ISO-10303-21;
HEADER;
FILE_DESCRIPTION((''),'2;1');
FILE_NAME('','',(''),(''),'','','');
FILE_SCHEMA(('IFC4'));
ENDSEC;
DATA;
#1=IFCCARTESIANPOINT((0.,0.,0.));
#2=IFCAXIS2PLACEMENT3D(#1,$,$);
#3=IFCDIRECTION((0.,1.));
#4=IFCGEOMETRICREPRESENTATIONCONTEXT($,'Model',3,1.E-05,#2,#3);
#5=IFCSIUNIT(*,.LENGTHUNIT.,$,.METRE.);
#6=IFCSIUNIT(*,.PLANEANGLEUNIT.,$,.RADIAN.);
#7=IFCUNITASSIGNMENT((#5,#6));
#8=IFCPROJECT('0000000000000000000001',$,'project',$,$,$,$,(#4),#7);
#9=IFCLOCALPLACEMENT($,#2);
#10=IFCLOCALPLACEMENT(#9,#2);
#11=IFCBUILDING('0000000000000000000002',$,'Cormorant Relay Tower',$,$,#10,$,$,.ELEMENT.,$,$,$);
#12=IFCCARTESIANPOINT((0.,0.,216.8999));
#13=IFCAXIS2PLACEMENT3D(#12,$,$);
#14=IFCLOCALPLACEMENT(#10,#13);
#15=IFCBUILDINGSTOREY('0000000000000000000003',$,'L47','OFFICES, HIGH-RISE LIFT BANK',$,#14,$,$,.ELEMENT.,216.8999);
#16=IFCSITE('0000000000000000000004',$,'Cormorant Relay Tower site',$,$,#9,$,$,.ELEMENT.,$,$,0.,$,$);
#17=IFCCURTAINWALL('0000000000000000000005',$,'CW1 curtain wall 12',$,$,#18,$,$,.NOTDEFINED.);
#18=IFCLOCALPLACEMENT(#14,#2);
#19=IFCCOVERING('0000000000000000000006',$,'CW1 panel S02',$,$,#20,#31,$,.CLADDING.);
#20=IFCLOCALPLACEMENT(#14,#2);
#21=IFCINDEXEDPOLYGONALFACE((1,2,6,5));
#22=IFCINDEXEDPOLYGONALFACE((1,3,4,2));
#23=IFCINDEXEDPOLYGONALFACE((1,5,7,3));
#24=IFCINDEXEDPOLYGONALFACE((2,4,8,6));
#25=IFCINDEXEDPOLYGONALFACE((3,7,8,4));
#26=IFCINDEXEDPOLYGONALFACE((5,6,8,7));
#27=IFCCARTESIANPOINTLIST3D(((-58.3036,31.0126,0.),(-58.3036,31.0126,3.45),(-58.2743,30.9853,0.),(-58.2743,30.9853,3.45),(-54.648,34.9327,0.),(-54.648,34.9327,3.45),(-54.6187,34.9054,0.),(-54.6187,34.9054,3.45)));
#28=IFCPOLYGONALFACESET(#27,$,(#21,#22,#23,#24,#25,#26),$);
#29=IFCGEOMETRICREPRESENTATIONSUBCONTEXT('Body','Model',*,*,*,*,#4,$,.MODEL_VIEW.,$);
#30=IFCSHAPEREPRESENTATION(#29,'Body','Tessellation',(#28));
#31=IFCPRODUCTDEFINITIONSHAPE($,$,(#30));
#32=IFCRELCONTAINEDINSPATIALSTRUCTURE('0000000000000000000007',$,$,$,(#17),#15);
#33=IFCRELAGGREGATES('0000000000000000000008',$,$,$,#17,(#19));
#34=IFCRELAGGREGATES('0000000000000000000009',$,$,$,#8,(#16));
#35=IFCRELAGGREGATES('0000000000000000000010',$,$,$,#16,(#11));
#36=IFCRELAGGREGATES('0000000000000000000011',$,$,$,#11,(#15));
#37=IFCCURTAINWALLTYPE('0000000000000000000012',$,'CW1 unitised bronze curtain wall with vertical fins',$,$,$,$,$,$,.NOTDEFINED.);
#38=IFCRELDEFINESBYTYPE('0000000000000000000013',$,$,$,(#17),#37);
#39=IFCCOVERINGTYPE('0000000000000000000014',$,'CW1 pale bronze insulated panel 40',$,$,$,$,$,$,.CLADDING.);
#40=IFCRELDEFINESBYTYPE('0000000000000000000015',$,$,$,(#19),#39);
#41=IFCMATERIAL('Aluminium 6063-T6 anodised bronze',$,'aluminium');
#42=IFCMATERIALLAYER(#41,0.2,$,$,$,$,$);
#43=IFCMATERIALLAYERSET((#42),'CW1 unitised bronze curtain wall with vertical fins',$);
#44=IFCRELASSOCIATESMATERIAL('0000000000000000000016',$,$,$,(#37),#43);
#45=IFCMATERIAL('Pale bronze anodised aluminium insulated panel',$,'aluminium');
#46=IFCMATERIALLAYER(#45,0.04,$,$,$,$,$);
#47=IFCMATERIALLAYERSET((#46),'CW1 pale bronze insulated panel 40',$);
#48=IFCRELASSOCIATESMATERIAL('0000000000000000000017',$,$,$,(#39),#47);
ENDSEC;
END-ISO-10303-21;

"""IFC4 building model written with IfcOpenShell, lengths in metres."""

from ifc_helpers import new_model, si_unit, direction, frame, origin, origin_2d, place, context, subcontext, project, spatial, rectangle, extrude, material, layer, layer_set, type_object, element, aggregate, save


model = new_model("IFC4")

# Units and contexts
model_context = context("Model", 3, precision=1e-05, world=origin(), true_north=direction((0.0, 1.0)))
body_context = subcontext(model_context, "Body", "Model", "MODEL_VIEW")
ifc_project = project(units=[si_unit("LENGTHUNIT", "METRE"), si_unit("PLANEANGLEUNIT", "RADIAN")], contexts=[model_context])

# Site, building, storey
site_placement = place(None, origin())
site = spatial("IfcSite", under=ifc_project, at=site_placement, Name="Cormorant Relay Tower site", CompositionType="ELEMENT", RefElevation=0.0)
building_placement = place(site_placement, origin())
building = spatial("IfcBuilding", under=site, at=building_placement, Name="Cormorant Relay Tower", CompositionType="ELEMENT")
storey_placement = place(building_placement, frame((0.0, 0.0, 216.8999)))
storey = spatial("IfcBuildingStorey", under=building, at=storey_placement, Name="L47", Description="OFFICES, HIGH-RISE LIFT BANK", CompositionType="ELEMENT", Elevation=216.8999)

# Shared definitions
ifc_material_1 = material(Name="Aluminium 6063-T6 anodised bronze", Category="aluminium")
ifc_layer_1 = layer(ifc_material_1, 0.2)
ifc_layer_set_1 = layer_set([ifc_layer_1], Name="CW1 unitised bronze curtain wall with vertical fins")
curtain_wall_type = type_object("IfcCurtainWallType", Name="CW1 unitised bronze curtain wall with vertical fins", PredefinedType="NOTDEFINED", material=ifc_layer_set_1)

# Curtain wall
curtain_wall_1_placement = place(storey_placement, origin())
curtain_wall_1 = element("IfcCurtainWall", 1, at=curtain_wall_1_placement, inside=storey, type_object=curtain_wall_type, Name="CW1 curtain wall 12", PredefinedType="NOTDEFINED")

# Covering
ifc_material_2 = material(Name="Pale bronze anodised aluminium insulated panel", Category="aluminium")
ifc_layer_2 = layer(ifc_material_2, 0.04)
ifc_layer_set_2 = layer_set([ifc_layer_2], Name="CW1 pale bronze insulated panel 40")
covering_type = type_object("IfcCoveringType", Name="CW1 pale bronze insulated panel 40", PredefinedType="CLADDING", material=ifc_layer_set_2)
covering_1_placement = place(storey_placement, frame((-56.4612, 32.959, 0.0), z_axis=(0.0, 0.0, 1.0), x_axis=(-0.681998, -0.731354, 0.0)))
covering_1 = element("IfcCovering", 2, at=covering_1_placement, type_object=covering_type, Name="CW1 panel S02", PredefinedType="CLADDING", context=body_context, shape_type="SweptSolid", body=[
    extrude(rectangle(XDim=5.3601, YDim=0.04, at=origin_2d()), origin(), (0.0, 0.0, 1.0), 3.45),
])
aggregate(curtain_wall_1, [covering_1])

save(model, "model.ifc")
